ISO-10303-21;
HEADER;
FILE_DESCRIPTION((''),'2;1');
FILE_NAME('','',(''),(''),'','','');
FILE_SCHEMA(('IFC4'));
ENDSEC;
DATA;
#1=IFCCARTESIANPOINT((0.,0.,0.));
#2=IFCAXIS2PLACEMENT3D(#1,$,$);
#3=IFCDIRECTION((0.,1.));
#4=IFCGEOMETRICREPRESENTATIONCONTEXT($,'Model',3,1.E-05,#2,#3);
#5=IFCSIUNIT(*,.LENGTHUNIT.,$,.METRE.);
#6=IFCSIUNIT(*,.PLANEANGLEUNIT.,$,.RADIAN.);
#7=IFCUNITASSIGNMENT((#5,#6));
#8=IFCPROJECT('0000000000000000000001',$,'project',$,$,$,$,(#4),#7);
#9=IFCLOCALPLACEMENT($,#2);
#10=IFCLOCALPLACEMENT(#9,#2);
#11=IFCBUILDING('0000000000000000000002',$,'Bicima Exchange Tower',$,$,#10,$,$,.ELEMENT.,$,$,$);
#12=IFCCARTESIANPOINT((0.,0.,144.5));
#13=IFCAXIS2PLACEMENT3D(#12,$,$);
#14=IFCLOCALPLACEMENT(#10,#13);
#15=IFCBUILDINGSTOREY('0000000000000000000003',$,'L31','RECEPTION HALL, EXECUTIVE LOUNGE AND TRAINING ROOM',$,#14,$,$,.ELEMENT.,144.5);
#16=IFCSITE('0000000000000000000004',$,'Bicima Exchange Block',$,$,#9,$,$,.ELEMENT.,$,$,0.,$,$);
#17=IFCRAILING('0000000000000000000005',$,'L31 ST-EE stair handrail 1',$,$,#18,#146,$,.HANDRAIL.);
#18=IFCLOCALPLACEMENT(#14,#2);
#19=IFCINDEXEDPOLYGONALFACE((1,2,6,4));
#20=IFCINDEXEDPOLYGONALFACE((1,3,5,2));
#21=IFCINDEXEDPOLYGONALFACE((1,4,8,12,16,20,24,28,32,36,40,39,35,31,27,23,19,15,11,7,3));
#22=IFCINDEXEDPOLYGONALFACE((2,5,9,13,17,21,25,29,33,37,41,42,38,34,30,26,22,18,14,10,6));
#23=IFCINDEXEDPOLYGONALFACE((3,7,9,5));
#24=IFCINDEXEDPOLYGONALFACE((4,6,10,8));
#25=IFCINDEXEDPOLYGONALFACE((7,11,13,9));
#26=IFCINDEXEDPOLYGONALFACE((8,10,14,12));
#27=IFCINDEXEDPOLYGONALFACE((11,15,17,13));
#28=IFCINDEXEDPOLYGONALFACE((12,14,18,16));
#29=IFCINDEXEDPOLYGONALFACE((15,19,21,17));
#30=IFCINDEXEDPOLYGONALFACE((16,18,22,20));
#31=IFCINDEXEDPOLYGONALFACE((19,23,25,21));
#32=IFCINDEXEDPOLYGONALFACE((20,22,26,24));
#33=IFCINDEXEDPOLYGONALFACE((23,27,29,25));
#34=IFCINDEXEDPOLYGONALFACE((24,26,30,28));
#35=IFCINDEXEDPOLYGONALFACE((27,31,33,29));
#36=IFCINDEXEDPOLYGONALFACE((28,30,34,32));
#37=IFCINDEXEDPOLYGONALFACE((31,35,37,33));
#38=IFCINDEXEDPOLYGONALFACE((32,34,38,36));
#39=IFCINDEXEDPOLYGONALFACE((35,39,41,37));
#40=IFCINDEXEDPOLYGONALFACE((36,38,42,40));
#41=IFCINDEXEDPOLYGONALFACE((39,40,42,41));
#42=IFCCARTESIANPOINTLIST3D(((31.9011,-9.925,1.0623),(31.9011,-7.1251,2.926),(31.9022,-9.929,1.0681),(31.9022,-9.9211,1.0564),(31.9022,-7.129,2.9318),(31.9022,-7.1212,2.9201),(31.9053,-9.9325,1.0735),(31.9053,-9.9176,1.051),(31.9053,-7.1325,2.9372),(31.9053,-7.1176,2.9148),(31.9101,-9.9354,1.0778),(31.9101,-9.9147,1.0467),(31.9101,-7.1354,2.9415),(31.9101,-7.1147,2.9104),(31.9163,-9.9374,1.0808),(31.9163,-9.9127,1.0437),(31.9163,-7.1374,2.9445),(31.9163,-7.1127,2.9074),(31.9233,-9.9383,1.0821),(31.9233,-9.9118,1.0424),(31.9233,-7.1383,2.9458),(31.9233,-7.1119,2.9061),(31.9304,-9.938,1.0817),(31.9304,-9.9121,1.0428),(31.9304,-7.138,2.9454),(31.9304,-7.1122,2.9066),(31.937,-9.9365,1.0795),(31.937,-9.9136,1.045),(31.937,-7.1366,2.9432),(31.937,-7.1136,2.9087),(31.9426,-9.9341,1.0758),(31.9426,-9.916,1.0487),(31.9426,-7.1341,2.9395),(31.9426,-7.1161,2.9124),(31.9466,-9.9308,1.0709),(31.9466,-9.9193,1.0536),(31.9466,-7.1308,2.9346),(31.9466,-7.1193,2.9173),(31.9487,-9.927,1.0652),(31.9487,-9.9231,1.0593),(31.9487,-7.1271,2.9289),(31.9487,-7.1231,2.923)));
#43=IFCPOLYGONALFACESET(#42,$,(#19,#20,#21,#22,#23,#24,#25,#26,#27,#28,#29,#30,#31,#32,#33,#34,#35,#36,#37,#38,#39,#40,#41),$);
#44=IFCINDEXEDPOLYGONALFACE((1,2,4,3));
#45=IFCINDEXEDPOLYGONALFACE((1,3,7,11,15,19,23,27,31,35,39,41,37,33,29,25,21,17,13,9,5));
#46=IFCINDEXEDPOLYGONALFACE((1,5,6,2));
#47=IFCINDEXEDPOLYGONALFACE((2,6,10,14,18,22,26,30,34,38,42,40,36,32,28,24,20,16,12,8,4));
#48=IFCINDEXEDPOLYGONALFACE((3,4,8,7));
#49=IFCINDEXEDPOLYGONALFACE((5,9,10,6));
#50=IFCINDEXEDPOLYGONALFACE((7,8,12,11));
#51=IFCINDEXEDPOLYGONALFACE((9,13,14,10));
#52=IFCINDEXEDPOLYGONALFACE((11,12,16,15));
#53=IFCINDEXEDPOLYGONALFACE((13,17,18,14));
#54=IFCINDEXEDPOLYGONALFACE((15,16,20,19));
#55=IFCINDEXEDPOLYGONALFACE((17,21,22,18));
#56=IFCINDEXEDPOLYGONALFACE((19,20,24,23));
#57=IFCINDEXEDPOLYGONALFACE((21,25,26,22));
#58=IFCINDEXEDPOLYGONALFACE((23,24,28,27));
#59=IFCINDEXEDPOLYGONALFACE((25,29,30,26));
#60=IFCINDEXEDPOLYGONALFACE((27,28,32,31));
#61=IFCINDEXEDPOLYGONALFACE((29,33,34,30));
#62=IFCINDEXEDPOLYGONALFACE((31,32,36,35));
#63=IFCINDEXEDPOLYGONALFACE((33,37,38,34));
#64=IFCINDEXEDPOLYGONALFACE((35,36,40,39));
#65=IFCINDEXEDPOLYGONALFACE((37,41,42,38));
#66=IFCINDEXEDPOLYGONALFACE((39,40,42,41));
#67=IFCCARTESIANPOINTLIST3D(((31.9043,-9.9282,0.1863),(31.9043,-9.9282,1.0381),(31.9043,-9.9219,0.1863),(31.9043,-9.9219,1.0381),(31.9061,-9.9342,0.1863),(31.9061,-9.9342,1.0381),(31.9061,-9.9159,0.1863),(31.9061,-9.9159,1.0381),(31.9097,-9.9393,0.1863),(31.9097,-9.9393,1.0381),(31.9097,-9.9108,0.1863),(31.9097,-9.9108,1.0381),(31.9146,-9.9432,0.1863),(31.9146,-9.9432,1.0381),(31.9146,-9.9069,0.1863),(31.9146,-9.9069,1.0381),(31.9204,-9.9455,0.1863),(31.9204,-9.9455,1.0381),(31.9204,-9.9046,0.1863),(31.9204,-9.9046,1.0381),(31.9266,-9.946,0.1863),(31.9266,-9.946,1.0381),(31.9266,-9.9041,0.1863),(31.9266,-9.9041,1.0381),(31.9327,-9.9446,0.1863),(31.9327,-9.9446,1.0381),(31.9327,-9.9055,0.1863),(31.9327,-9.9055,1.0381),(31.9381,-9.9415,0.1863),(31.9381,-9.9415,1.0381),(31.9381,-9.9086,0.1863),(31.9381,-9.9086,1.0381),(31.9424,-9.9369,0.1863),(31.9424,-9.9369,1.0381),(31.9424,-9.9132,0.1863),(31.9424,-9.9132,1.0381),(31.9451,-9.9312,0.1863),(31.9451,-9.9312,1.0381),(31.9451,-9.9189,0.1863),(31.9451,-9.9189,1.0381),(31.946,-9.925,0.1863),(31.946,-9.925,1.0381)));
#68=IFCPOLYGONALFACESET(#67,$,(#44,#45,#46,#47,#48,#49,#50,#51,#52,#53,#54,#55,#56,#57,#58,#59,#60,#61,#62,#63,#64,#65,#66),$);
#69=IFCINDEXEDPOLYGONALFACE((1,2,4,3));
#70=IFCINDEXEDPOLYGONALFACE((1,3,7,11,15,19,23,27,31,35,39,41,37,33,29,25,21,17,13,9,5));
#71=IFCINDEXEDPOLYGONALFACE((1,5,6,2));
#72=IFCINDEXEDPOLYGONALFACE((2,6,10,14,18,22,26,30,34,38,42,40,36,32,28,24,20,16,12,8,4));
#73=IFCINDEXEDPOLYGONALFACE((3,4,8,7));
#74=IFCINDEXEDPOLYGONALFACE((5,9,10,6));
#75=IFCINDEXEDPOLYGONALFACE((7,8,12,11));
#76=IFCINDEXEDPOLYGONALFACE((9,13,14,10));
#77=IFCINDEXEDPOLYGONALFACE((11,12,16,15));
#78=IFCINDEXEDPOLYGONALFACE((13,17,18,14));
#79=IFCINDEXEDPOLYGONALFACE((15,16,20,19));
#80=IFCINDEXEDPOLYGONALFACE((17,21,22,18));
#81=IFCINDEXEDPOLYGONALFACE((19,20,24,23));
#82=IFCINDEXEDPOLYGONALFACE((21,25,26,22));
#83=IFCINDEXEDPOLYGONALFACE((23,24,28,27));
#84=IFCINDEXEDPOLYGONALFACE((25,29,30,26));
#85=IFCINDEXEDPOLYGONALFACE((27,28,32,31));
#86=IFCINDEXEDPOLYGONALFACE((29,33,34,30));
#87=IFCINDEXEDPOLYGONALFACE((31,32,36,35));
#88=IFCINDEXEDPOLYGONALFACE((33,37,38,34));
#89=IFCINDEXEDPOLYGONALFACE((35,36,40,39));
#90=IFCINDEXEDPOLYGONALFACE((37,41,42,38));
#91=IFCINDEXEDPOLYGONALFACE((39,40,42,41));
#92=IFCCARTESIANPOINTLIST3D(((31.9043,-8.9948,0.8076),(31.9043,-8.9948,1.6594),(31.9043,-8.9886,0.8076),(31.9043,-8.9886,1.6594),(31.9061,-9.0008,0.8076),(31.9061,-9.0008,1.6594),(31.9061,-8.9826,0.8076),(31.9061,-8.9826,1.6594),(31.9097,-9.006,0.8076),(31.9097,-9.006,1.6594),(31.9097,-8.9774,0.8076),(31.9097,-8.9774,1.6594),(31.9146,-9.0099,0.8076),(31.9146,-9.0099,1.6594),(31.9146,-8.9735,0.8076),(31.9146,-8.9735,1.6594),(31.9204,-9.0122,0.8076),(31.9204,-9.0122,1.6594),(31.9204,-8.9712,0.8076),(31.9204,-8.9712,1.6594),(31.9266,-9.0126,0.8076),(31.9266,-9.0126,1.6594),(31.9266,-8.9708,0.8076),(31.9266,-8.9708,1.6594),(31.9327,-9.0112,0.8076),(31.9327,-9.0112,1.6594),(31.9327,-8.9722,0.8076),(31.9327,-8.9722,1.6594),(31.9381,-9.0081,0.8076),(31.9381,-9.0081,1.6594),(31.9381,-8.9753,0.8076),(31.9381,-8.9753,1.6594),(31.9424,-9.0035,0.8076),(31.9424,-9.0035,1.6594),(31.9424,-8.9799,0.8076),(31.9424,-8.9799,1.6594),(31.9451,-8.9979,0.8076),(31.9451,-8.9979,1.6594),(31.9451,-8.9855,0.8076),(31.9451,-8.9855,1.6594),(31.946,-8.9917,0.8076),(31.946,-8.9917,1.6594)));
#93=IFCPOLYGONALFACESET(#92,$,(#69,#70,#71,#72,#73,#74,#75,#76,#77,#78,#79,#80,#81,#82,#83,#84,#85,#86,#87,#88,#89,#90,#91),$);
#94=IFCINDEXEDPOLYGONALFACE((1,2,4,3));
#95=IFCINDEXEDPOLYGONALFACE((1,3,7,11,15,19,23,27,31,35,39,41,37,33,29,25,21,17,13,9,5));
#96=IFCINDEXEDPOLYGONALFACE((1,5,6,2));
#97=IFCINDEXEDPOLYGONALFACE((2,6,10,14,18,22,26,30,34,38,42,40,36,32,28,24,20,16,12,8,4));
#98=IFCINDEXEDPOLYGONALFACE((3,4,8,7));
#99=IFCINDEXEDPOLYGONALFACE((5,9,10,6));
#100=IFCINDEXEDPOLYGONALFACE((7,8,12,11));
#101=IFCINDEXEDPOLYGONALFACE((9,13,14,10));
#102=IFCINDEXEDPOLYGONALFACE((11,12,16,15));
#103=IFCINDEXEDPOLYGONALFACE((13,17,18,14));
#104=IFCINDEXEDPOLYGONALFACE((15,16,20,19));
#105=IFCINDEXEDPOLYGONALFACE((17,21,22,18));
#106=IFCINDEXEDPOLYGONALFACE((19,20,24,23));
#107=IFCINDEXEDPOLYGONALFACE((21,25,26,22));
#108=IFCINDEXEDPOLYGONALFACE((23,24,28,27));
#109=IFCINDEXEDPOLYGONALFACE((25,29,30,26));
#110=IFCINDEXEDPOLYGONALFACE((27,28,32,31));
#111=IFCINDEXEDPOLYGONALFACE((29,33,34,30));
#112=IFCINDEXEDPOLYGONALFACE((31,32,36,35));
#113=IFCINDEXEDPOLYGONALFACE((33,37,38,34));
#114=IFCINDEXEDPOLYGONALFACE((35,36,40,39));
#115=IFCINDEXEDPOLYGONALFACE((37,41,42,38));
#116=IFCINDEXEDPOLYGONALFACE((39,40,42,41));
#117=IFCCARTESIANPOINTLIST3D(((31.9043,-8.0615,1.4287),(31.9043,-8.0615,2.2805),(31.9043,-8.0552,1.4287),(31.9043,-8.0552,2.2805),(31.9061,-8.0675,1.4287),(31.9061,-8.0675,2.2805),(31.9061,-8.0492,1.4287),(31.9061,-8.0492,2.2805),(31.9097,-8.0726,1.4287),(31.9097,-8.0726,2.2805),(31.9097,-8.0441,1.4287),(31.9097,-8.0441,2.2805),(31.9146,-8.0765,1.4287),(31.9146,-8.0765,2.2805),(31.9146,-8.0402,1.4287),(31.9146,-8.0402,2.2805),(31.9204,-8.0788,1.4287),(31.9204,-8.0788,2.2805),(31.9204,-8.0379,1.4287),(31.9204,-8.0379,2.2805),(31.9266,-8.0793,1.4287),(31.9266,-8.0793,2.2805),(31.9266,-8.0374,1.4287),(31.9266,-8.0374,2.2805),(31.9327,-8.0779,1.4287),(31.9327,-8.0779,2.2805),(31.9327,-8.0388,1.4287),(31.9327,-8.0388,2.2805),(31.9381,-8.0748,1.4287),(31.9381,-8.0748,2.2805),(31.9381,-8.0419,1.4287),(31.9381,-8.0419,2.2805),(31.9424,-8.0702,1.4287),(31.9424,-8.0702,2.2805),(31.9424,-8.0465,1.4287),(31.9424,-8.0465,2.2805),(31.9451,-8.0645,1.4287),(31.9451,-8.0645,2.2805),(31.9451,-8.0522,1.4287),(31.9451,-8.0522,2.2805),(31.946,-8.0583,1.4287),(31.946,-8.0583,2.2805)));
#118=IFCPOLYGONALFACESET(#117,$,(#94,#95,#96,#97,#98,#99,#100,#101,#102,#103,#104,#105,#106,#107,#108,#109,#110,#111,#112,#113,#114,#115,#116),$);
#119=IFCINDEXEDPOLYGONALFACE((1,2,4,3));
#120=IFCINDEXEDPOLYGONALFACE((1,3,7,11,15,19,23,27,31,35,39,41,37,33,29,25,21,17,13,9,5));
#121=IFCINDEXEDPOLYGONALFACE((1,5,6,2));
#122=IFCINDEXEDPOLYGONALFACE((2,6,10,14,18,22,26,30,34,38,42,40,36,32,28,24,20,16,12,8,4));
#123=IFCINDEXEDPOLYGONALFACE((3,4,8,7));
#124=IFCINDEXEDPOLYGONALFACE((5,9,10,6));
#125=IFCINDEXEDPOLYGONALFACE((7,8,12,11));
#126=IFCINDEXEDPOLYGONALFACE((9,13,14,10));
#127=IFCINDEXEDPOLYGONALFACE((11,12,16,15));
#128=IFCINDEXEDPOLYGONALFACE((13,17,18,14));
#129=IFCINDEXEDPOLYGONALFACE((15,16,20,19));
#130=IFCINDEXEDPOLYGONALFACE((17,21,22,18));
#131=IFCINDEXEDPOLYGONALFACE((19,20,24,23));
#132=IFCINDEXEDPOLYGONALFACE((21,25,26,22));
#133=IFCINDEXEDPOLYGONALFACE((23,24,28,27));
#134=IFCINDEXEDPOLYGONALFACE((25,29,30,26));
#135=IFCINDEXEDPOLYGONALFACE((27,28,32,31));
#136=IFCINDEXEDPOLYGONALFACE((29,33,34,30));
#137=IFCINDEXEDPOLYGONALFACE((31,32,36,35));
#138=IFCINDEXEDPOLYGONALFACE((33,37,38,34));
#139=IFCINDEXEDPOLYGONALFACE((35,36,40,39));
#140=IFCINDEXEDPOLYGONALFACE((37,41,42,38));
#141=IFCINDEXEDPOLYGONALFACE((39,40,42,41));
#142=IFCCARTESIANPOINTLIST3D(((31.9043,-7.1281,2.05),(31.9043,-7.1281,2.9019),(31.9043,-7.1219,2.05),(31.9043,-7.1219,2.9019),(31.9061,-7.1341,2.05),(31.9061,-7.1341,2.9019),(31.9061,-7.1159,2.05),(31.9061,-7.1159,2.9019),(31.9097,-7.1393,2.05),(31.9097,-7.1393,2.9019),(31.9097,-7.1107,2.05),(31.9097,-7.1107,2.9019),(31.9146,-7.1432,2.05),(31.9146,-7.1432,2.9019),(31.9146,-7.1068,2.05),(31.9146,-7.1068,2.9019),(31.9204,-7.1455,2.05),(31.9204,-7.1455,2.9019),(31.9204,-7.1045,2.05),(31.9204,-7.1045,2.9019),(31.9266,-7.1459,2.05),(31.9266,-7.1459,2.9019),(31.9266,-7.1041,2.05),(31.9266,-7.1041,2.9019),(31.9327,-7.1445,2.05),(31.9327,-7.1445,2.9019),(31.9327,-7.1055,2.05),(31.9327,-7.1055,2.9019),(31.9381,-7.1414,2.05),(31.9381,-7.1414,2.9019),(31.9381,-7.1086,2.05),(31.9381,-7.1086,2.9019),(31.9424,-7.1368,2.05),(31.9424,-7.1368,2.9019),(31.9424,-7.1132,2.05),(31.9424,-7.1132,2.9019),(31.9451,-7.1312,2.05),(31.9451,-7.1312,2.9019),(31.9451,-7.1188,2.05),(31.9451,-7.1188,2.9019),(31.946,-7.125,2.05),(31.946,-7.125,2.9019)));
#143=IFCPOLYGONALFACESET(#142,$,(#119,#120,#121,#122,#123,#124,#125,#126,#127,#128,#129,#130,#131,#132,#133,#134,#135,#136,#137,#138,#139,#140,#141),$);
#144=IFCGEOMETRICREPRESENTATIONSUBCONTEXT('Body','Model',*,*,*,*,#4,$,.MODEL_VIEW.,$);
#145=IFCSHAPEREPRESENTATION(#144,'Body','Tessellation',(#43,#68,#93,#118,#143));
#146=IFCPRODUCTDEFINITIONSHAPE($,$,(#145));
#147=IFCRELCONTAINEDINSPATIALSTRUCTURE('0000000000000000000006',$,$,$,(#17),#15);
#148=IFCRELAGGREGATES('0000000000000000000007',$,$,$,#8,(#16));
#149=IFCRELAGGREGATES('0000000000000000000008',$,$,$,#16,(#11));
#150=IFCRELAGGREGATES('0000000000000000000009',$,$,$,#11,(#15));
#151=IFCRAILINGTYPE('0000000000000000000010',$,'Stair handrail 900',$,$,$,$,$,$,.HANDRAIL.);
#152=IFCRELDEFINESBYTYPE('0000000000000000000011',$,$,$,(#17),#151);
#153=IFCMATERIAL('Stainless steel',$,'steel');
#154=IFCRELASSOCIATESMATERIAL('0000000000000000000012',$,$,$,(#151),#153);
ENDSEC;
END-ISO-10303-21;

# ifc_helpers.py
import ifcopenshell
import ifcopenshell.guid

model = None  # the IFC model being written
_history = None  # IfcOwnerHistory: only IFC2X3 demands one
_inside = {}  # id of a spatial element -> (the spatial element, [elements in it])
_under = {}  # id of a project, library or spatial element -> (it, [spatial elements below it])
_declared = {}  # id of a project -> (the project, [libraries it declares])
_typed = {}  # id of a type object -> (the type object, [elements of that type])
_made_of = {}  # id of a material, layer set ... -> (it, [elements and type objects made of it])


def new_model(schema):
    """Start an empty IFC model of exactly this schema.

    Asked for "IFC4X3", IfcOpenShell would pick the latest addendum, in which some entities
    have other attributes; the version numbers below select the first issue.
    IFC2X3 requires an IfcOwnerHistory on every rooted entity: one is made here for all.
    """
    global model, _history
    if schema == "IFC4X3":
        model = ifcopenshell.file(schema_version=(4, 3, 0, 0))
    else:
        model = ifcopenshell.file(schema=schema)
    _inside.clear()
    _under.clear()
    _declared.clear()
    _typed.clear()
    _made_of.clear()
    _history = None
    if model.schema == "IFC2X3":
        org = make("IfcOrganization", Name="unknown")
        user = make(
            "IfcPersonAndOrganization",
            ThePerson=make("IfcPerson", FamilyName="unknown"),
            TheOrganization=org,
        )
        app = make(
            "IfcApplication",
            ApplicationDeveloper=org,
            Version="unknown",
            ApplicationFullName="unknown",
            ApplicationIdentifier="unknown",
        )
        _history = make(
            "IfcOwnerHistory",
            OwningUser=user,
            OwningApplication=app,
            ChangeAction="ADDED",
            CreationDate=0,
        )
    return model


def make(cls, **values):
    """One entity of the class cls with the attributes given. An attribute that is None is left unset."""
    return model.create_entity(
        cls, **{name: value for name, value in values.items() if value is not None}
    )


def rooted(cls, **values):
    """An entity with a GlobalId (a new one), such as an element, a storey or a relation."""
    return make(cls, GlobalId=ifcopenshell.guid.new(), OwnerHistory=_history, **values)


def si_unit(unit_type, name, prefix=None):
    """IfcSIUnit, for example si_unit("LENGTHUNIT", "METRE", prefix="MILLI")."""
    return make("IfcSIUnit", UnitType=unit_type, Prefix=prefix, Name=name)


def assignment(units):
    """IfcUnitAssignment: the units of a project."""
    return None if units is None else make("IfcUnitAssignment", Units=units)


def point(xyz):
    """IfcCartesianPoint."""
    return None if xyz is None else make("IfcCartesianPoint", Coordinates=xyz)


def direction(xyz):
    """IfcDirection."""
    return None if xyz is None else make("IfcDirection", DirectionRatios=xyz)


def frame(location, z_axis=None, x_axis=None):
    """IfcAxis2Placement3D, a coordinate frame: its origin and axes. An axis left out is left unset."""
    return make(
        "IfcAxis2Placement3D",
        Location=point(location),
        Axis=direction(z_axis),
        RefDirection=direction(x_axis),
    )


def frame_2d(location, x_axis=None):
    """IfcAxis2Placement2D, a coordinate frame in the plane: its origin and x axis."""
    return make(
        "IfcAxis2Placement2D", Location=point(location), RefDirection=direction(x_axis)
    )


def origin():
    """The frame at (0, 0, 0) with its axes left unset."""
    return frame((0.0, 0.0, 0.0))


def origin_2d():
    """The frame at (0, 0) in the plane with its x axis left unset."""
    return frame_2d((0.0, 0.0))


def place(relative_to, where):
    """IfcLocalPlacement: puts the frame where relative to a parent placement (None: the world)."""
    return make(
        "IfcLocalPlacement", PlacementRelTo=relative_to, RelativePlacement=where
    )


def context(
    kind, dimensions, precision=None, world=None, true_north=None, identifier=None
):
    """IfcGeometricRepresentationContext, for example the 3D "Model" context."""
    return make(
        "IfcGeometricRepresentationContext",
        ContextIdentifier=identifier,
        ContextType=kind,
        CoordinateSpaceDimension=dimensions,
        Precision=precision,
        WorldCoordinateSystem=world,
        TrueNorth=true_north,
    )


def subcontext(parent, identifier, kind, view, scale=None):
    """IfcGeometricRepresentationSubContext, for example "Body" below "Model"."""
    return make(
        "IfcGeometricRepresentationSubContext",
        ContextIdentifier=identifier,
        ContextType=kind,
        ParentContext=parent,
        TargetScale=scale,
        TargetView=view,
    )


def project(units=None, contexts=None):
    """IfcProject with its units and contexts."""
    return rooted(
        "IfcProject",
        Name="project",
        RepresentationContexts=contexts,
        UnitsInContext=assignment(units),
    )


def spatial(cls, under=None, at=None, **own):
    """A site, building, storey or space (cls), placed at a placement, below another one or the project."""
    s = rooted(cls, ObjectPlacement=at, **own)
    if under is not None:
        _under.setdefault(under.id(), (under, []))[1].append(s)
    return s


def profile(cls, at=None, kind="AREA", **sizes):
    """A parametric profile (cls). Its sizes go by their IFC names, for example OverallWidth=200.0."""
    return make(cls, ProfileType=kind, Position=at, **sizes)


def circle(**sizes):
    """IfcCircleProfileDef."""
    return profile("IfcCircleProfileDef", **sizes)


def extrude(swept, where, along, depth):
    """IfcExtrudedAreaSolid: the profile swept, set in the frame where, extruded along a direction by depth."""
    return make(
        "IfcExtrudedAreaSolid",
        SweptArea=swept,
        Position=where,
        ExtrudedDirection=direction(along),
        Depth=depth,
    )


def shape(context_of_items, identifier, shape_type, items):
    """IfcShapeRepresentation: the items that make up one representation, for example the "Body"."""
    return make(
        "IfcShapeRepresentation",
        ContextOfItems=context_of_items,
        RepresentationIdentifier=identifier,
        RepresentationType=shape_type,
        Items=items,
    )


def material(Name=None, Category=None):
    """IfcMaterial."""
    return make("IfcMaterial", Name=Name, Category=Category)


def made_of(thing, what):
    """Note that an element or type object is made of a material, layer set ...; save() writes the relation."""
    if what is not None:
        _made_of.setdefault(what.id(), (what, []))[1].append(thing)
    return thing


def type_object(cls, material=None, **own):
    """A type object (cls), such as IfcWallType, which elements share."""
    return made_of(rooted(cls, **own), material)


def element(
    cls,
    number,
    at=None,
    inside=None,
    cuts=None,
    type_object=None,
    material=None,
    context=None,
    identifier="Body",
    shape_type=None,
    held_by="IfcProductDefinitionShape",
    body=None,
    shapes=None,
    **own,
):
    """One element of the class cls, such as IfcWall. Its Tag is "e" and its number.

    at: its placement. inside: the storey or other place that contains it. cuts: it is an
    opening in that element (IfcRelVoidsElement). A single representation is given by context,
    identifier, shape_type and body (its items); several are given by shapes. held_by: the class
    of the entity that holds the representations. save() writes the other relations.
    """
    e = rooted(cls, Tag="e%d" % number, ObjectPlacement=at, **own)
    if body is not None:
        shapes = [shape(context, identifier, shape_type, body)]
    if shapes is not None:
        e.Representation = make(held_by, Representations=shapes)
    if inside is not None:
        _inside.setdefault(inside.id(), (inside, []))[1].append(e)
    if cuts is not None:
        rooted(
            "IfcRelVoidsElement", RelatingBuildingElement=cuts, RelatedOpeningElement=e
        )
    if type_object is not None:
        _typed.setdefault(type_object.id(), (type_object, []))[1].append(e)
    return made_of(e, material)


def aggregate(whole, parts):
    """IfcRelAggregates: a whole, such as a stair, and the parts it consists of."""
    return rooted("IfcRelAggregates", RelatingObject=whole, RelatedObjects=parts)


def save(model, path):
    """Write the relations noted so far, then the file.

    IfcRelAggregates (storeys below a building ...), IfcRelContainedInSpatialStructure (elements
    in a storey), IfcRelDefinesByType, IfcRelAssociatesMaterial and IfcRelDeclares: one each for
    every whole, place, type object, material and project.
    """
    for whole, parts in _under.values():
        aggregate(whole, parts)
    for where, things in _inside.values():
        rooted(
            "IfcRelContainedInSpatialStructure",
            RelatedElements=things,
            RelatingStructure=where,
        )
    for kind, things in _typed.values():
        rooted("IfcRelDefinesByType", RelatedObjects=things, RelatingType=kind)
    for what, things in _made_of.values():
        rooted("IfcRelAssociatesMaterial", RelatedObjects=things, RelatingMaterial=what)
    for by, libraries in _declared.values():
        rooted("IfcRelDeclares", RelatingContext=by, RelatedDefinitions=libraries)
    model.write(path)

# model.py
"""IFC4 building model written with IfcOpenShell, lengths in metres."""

from ifc_helpers import new_model, si_unit, direction, frame, origin, origin_2d, place, context, subcontext, project, spatial, circle, extrude, material, type_object, element, save


model = new_model("IFC4")

# Units and contexts
model_context = context("Model", 3, precision=1e-05, world=origin(), true_north=direction((0.0, 1.0)))
body_context = subcontext(model_context, "Body", "Model", "MODEL_VIEW")
ifc_project = project(units=[si_unit("LENGTHUNIT", "METRE"), si_unit("PLANEANGLEUNIT", "RADIAN")], contexts=[model_context])

# Site, building, storey
site_placement = place(None, origin())
site = spatial("IfcSite", under=ifc_project, at=site_placement, Name="Bicima Exchange Block", CompositionType="ELEMENT", RefElevation=0.0)
building_placement = place(site_placement, origin())
building = spatial("IfcBuilding", under=site, at=building_placement, Name="Bicima Exchange Tower", CompositionType="ELEMENT")
storey_placement = place(building_placement, frame((0.0, 0.0, 144.5)))
storey = spatial("IfcBuildingStorey", under=building, at=storey_placement, Name="L31", Description="RECEPTION HALL, EXECUTIVE LOUNGE AND TRAINING ROOM", CompositionType="ELEMENT", Elevation=144.5)

# Railing
ifc_material_1 = material(Name="Stainless steel", Category="steel")
railing_type_1 = type_object("IfcRailingType", Name="Stair handrail 900", PredefinedType="HANDRAIL", material=ifc_material_1)
railing_1_placement = place(storey_placement, frame((31.925, -9.925, 0.1863)))
element("IfcRailing", 1, at=railing_1_placement, inside=storey, type_object=railing_type_1, Name="L31 ST-EE stair handrail 1", PredefinedType="HANDRAIL", context=body_context, shape_type="SweptSolid", body=[
    extrude(circle(Radius=0.0239, at=origin_2d()), frame((0.0, 0.0, 0.876), z_axis=(0.0, 0.832452, 0.554097), x_axis=(-1.0, 0.0, 0.0)), (0.0, 0.0, 1.0), 3.3635),
    extrude(circle(Radius=0.021, at=origin_2d()), origin(), (0.0, 0.0, 1.0), 0.8518),
    extrude(circle(Radius=0.021, at=origin_2d()), frame((0.0, 0.9333, 0.6213)), (0.0, 0.0, 1.0), 0.8518),
    extrude(circle(Radius=0.021, at=origin_2d()), frame((0.0, 1.8667, 1.2424)), (0.0, 0.0, 1.0), 0.8518),
    extrude(circle(Radius=0.021, at=origin_2d()), frame((0.0, 2.8, 1.8638)), (0.0, 0.0, 1.0), 0.8518),
])

save(model, "model.ifc")
